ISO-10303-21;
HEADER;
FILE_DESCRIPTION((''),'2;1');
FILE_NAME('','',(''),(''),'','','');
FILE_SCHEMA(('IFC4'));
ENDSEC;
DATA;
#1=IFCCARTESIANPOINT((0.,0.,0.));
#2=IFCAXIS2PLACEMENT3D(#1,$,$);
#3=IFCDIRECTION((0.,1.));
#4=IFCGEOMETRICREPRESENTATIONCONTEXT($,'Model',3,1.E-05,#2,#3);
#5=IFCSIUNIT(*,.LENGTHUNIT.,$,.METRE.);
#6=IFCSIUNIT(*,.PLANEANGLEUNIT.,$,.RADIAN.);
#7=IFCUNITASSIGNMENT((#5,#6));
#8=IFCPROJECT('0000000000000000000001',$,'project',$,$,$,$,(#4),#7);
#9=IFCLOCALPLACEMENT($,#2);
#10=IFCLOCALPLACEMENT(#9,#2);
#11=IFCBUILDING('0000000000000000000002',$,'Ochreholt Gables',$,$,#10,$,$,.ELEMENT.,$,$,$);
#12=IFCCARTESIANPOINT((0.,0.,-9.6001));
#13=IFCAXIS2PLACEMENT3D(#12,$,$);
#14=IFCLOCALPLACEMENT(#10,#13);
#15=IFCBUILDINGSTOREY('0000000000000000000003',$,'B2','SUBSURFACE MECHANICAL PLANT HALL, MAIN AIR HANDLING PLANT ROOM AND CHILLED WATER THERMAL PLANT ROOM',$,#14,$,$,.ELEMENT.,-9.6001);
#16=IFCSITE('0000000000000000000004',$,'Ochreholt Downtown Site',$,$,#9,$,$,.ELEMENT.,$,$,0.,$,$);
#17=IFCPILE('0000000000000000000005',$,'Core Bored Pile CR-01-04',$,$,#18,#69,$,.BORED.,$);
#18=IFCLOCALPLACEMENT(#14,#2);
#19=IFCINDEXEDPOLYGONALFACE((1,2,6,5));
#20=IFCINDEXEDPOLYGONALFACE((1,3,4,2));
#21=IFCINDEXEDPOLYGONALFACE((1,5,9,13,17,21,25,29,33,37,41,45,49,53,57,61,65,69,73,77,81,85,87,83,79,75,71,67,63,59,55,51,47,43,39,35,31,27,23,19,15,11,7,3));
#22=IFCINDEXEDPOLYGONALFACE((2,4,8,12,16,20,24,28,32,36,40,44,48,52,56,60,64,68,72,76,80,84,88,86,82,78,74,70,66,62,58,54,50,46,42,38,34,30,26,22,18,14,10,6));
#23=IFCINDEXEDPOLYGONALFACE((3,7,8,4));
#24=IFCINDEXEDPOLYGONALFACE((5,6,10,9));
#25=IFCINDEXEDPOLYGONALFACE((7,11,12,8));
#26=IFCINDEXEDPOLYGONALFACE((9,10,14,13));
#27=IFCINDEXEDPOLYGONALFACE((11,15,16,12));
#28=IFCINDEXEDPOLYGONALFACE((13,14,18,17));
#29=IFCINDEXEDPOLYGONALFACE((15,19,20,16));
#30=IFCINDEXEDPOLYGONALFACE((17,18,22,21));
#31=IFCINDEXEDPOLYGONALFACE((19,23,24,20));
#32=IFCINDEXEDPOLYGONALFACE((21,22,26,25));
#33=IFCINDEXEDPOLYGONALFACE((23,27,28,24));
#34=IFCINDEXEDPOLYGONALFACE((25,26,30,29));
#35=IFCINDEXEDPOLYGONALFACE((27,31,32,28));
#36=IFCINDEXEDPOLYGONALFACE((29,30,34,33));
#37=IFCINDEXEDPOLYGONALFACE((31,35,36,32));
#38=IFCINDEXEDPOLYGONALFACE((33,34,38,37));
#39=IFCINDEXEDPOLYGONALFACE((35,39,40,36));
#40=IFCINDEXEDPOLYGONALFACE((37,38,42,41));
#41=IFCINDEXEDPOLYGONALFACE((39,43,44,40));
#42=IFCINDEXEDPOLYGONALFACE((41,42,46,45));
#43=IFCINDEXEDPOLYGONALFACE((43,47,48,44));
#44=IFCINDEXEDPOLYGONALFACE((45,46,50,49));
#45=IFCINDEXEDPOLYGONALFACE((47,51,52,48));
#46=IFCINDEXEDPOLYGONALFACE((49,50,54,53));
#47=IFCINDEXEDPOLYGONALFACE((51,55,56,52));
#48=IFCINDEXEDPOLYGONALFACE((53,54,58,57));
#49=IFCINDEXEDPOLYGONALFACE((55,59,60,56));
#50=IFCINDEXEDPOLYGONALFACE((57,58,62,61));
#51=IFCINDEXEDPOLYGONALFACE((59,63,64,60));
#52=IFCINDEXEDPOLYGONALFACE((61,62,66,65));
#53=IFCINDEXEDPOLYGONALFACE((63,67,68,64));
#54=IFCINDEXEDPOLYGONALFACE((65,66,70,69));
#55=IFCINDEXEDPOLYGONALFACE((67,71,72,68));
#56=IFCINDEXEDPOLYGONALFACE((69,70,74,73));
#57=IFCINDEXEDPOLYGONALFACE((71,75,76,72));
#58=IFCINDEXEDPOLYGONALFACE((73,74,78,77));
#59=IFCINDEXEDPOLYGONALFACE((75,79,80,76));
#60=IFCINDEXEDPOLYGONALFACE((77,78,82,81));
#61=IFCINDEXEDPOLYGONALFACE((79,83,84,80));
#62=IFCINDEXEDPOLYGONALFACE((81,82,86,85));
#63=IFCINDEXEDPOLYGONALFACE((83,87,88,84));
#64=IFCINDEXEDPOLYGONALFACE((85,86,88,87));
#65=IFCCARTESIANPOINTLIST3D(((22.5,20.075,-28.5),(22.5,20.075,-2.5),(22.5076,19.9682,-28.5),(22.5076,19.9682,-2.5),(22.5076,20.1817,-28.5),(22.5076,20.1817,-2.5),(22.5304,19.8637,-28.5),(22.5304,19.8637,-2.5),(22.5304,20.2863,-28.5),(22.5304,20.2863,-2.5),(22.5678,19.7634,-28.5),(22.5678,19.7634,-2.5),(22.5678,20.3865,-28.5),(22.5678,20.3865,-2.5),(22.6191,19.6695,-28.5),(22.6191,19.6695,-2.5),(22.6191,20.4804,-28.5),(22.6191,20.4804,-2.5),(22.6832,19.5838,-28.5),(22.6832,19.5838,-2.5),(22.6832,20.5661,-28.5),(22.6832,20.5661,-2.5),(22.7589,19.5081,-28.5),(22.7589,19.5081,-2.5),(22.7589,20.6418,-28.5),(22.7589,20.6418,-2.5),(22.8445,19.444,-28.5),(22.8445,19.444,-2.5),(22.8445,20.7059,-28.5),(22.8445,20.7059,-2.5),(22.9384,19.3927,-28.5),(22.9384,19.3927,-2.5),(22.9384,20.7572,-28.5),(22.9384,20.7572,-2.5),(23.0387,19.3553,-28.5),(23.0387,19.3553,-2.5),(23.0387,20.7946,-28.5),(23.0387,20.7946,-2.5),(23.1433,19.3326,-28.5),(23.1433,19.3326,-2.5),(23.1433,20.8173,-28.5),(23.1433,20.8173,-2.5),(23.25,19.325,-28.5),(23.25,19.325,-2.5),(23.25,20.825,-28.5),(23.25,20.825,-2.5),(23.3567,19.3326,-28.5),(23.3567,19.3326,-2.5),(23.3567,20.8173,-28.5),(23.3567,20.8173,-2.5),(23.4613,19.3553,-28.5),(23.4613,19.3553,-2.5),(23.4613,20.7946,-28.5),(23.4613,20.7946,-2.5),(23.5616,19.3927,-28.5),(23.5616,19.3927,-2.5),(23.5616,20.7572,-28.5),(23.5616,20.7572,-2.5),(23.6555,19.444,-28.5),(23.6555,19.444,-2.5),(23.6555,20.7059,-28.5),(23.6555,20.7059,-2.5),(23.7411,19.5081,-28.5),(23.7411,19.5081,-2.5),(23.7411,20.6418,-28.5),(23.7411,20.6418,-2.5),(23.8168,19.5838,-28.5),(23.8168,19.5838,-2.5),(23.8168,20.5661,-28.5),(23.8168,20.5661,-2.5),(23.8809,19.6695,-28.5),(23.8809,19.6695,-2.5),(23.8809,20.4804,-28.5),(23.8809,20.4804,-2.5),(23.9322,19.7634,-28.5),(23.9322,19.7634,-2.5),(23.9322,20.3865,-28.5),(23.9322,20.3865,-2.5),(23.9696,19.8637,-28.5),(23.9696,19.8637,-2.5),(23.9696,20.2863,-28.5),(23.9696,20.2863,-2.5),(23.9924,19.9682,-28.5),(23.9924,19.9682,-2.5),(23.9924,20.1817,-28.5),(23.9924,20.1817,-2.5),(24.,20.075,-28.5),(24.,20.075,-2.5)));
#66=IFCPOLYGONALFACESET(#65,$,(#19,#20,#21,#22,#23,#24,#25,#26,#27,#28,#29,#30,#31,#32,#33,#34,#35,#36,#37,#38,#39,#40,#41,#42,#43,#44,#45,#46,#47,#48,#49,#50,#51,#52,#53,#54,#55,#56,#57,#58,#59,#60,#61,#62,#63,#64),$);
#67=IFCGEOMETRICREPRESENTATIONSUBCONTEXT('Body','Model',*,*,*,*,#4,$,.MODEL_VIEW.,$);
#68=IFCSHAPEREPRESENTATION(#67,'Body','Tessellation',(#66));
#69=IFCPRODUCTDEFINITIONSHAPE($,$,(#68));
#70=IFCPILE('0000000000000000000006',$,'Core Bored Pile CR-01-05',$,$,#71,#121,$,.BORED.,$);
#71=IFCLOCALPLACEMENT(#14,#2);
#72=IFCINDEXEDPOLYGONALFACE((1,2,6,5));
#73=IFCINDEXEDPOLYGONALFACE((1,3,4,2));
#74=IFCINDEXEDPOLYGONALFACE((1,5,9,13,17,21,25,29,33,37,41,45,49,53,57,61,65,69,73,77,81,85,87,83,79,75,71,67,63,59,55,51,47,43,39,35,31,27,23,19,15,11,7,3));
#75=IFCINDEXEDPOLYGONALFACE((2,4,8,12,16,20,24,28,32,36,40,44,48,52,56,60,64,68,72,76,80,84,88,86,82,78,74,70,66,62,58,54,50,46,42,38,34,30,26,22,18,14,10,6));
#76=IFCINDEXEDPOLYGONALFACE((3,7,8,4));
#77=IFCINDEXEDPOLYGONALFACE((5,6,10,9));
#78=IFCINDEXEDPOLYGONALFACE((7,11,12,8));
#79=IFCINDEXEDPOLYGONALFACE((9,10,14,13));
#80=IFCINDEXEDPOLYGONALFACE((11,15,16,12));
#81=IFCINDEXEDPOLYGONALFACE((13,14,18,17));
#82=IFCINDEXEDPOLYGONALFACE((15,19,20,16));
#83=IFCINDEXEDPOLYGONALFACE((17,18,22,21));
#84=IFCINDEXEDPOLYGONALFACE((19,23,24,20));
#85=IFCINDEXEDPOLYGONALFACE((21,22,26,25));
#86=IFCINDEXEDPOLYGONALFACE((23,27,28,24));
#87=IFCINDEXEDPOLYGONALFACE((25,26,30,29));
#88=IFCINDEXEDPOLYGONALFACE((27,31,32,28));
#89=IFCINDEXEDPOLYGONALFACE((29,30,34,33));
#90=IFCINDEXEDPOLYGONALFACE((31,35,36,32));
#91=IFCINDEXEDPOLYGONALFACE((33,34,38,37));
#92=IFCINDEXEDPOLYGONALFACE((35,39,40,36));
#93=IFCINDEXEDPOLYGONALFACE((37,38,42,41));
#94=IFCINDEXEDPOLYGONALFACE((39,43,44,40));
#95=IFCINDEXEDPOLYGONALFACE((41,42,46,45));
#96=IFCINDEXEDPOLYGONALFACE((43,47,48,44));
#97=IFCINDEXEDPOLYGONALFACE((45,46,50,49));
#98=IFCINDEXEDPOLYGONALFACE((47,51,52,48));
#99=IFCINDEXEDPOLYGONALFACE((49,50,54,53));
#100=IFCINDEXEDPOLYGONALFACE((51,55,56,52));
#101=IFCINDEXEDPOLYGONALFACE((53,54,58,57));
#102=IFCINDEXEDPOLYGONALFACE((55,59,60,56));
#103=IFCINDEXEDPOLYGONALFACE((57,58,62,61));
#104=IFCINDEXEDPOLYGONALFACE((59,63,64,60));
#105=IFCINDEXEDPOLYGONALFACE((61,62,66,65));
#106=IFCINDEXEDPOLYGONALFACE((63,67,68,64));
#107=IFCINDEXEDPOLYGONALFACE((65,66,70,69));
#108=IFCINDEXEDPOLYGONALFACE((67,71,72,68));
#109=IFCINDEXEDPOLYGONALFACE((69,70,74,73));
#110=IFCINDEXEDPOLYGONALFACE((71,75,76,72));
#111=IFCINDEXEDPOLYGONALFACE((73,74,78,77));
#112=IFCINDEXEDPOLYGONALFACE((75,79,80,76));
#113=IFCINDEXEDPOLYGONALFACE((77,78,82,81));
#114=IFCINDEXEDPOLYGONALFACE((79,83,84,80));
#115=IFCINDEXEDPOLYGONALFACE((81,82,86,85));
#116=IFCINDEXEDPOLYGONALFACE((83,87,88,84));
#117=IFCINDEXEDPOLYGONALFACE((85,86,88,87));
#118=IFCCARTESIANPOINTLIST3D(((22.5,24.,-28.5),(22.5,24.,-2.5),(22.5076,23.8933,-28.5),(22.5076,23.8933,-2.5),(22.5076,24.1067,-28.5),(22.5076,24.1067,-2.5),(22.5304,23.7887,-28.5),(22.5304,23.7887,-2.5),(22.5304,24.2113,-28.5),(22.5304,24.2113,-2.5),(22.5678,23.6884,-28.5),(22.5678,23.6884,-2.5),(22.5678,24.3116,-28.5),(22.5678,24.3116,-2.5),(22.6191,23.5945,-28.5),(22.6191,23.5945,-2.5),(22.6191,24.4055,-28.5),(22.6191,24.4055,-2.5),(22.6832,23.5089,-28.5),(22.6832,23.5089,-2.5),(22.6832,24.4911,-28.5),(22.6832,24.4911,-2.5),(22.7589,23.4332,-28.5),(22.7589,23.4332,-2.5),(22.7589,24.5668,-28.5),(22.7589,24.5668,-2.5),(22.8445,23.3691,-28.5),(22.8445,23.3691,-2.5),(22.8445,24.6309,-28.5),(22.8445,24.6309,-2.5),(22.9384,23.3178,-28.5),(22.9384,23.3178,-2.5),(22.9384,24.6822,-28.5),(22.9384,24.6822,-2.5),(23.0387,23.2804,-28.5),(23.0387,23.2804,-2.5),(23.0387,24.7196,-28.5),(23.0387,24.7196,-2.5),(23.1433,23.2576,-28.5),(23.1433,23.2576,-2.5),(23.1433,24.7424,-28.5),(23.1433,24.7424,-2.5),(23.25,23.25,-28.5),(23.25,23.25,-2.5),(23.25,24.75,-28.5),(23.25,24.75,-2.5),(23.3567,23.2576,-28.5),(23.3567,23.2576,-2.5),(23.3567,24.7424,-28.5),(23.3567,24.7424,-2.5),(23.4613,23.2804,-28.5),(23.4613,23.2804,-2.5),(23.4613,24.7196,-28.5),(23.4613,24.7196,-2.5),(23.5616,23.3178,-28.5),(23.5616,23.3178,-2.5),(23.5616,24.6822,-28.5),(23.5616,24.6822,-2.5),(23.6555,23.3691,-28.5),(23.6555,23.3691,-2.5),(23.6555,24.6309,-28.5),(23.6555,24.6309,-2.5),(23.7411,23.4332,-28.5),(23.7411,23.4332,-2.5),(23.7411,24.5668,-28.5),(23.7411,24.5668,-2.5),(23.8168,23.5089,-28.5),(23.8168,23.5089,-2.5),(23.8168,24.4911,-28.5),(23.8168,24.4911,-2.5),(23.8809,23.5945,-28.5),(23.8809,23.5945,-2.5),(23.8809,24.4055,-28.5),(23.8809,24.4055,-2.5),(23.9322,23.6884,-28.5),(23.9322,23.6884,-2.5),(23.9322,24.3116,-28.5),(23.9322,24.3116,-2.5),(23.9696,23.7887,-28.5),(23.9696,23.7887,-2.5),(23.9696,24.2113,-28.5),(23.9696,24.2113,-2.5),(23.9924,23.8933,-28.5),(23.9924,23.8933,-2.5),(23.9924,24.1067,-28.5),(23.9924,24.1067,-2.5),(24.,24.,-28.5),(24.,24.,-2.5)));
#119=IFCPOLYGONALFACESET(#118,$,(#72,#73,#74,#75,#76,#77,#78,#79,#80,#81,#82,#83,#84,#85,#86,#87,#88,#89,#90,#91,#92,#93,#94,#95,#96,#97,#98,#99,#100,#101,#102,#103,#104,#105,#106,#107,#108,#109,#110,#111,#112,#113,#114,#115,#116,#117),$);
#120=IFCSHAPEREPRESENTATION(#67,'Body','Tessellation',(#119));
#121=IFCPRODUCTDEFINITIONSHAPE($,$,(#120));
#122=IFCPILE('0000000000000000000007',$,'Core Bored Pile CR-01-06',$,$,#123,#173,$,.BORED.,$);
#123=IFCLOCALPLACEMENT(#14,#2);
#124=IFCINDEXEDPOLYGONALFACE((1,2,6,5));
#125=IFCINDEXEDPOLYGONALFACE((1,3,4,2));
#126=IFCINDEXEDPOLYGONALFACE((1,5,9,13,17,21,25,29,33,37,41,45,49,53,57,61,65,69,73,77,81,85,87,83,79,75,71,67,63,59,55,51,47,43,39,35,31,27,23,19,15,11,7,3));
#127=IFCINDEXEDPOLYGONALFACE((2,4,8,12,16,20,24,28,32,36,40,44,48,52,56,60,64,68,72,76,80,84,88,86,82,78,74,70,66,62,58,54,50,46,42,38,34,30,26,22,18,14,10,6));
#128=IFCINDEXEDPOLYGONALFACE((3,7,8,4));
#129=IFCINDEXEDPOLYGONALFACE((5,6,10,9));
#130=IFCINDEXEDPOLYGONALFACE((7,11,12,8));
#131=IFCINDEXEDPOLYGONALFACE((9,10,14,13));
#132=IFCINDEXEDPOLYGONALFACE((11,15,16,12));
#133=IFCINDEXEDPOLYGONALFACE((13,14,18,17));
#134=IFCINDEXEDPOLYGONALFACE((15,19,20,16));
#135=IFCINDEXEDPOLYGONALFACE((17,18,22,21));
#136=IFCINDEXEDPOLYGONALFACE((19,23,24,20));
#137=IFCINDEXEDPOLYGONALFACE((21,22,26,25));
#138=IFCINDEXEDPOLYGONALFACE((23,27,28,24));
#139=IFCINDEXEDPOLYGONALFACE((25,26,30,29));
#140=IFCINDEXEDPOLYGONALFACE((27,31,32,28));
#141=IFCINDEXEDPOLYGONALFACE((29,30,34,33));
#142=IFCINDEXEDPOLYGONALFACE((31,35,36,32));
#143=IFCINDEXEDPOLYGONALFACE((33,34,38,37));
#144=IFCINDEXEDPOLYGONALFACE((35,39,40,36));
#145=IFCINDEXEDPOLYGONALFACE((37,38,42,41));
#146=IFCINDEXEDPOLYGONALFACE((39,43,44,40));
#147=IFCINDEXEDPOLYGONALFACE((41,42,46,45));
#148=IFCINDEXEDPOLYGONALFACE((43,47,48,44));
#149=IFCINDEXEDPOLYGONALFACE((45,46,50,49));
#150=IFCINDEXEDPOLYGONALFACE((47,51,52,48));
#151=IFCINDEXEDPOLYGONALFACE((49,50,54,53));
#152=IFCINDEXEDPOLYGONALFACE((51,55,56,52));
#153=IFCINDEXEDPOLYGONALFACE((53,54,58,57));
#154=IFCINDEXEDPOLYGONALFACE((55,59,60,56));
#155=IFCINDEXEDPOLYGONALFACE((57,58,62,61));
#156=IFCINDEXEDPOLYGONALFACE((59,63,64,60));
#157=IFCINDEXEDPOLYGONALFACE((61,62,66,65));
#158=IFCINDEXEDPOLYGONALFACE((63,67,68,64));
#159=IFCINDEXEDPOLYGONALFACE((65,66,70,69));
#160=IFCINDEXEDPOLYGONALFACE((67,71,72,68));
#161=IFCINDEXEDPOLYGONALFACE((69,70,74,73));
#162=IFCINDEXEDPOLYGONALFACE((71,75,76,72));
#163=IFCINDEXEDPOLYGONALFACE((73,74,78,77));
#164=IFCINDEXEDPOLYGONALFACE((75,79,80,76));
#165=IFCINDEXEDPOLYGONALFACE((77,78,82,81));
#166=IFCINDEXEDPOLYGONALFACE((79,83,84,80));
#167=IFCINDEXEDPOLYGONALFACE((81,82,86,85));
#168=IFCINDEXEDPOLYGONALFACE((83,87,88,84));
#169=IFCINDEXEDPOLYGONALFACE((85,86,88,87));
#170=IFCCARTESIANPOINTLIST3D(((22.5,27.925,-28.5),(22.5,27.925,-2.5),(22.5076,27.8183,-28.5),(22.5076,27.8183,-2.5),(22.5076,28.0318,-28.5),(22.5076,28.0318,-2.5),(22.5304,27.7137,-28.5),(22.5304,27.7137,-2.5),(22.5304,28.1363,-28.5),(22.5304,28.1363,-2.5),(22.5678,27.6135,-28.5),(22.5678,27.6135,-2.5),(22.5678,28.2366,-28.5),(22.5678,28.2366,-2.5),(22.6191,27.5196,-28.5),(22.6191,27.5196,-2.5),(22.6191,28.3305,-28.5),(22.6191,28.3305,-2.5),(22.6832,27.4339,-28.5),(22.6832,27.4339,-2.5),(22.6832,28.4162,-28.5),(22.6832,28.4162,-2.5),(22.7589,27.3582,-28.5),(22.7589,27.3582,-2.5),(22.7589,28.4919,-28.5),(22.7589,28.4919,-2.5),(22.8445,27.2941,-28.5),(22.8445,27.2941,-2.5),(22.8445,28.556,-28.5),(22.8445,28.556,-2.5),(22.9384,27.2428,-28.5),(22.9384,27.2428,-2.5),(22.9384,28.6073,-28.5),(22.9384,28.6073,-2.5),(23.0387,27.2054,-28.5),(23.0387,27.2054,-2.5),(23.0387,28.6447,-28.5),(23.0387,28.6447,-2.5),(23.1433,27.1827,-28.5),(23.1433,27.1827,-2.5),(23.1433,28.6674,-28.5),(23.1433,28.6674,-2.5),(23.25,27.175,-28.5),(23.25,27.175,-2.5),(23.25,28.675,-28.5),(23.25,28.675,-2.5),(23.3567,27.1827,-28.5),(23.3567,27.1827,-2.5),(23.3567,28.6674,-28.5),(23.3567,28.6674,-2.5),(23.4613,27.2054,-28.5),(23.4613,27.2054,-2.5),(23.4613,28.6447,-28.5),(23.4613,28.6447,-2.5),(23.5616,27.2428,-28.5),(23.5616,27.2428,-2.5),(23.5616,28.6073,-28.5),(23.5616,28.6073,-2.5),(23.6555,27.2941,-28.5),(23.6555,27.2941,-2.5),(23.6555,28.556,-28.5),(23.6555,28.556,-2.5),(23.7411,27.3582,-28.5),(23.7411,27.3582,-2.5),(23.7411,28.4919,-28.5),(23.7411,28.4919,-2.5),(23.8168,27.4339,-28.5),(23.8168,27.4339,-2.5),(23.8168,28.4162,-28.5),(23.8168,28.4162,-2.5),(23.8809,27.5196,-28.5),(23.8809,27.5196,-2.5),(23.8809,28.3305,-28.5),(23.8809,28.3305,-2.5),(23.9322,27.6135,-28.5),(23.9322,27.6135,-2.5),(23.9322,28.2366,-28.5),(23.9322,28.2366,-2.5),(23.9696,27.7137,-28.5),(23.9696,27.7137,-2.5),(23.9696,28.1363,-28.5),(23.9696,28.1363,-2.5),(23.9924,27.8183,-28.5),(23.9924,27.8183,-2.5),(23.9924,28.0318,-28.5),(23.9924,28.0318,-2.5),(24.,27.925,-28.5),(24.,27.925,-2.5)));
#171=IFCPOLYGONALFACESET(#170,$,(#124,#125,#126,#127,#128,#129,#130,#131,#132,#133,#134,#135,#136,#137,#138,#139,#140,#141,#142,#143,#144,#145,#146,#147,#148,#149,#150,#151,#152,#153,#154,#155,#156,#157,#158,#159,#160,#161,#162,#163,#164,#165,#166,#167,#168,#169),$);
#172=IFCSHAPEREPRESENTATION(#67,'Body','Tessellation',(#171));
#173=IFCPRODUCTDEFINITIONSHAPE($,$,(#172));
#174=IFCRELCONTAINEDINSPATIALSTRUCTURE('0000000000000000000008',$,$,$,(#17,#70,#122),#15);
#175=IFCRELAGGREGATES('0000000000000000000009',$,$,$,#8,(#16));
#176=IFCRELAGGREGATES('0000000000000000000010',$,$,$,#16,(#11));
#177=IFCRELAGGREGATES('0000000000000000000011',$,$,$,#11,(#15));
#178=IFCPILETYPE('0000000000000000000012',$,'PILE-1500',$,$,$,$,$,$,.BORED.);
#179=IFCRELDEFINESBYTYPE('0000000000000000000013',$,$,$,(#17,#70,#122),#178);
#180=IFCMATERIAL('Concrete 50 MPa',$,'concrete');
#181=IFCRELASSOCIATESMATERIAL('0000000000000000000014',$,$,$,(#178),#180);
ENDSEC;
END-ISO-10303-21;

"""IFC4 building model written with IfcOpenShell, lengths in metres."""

from ifc_helpers import new_model, si_unit, direction, frame, origin, origin_2d, place, context, subcontext, project, spatial, circle, extrude, material, material_profile, profile_set, type_object, element, save


model = new_model("IFC4")

# Units and contexts
model_context = context("Model", 3, precision=1e-05, world=origin(), true_north=direction((0.0, 1.0)))
body_context = subcontext(model_context, "Body", "Model", "MODEL_VIEW")
ifc_project = project(units=[si_unit("LENGTHUNIT", "METRE"), si_unit("PLANEANGLEUNIT", "RADIAN")], contexts=[model_context])

# Site, building, storey
site_placement = place(None, origin())
site = spatial("IfcSite", under=ifc_project, at=site_placement, Name="Ochreholt Downtown Site", CompositionType="ELEMENT", RefElevation=0.0)
building_placement = place(site_placement, origin())
building = spatial("IfcBuilding", under=site, at=building_placement, Name="Ochreholt Gables", CompositionType="ELEMENT")
storey_placement = place(building_placement, frame((0.0, 0.0, -9.6001)))
storey = spatial("IfcBuildingStorey", under=building, at=storey_placement, Name="B2", Description="SUBSURFACE MECHANICAL PLANT HALL, MAIN AIR HANDLING PLANT ROOM AND CHILLED WATER THERMAL PLANT ROOM", CompositionType="ELEMENT", Elevation=-9.6001)

# Piles
ifc_material_1 = material(Name="Concrete 50 MPa", Category="concrete")
ifc_material_profile_1 = material_profile(ifc_material_1, circle(Radius=0.75, at=origin_2d()), Name="PILE1500")
ifc_profile_set_1 = profile_set([ifc_material_profile_1], Name="Concrete 50 MPa")
pile_type = type_object("IfcPileType", Name="PILE-1500", PredefinedType="BORED", material=ifc_profile_set_1)
for number, where, z_axis, x_axis, name in (
    (1, (23.25, 20.075, -2.5), (0.0, 0.0, -1.0), (1.0, 0.0, 0.0), "Core Bored Pile CR-01-04"),
    (2, (23.25, 24.0, -2.5), (0.0, 0.0, -1.0), (1.0, 0.0, 0.0), "Core Bored Pile CR-01-05"),
    (3, (23.25, 27.925, -2.5), (0.0, 0.0, -1.0), (1.0, 0.0, 0.0), "Core Bored Pile CR-01-06"),
):
    element("IfcPile", number, at=place(storey_placement, frame(where, z_axis=z_axis, x_axis=x_axis)), inside=storey, type_object=pile_type, Name=name, PredefinedType="BORED", context=body_context, shape_type="SweptSolid", body=[
        extrude(circle(Radius=0.75, at=origin_2d()), origin(), (0.0, 0.0, 1.0), 26.0),
    ])

save(model, "model.ifc")
